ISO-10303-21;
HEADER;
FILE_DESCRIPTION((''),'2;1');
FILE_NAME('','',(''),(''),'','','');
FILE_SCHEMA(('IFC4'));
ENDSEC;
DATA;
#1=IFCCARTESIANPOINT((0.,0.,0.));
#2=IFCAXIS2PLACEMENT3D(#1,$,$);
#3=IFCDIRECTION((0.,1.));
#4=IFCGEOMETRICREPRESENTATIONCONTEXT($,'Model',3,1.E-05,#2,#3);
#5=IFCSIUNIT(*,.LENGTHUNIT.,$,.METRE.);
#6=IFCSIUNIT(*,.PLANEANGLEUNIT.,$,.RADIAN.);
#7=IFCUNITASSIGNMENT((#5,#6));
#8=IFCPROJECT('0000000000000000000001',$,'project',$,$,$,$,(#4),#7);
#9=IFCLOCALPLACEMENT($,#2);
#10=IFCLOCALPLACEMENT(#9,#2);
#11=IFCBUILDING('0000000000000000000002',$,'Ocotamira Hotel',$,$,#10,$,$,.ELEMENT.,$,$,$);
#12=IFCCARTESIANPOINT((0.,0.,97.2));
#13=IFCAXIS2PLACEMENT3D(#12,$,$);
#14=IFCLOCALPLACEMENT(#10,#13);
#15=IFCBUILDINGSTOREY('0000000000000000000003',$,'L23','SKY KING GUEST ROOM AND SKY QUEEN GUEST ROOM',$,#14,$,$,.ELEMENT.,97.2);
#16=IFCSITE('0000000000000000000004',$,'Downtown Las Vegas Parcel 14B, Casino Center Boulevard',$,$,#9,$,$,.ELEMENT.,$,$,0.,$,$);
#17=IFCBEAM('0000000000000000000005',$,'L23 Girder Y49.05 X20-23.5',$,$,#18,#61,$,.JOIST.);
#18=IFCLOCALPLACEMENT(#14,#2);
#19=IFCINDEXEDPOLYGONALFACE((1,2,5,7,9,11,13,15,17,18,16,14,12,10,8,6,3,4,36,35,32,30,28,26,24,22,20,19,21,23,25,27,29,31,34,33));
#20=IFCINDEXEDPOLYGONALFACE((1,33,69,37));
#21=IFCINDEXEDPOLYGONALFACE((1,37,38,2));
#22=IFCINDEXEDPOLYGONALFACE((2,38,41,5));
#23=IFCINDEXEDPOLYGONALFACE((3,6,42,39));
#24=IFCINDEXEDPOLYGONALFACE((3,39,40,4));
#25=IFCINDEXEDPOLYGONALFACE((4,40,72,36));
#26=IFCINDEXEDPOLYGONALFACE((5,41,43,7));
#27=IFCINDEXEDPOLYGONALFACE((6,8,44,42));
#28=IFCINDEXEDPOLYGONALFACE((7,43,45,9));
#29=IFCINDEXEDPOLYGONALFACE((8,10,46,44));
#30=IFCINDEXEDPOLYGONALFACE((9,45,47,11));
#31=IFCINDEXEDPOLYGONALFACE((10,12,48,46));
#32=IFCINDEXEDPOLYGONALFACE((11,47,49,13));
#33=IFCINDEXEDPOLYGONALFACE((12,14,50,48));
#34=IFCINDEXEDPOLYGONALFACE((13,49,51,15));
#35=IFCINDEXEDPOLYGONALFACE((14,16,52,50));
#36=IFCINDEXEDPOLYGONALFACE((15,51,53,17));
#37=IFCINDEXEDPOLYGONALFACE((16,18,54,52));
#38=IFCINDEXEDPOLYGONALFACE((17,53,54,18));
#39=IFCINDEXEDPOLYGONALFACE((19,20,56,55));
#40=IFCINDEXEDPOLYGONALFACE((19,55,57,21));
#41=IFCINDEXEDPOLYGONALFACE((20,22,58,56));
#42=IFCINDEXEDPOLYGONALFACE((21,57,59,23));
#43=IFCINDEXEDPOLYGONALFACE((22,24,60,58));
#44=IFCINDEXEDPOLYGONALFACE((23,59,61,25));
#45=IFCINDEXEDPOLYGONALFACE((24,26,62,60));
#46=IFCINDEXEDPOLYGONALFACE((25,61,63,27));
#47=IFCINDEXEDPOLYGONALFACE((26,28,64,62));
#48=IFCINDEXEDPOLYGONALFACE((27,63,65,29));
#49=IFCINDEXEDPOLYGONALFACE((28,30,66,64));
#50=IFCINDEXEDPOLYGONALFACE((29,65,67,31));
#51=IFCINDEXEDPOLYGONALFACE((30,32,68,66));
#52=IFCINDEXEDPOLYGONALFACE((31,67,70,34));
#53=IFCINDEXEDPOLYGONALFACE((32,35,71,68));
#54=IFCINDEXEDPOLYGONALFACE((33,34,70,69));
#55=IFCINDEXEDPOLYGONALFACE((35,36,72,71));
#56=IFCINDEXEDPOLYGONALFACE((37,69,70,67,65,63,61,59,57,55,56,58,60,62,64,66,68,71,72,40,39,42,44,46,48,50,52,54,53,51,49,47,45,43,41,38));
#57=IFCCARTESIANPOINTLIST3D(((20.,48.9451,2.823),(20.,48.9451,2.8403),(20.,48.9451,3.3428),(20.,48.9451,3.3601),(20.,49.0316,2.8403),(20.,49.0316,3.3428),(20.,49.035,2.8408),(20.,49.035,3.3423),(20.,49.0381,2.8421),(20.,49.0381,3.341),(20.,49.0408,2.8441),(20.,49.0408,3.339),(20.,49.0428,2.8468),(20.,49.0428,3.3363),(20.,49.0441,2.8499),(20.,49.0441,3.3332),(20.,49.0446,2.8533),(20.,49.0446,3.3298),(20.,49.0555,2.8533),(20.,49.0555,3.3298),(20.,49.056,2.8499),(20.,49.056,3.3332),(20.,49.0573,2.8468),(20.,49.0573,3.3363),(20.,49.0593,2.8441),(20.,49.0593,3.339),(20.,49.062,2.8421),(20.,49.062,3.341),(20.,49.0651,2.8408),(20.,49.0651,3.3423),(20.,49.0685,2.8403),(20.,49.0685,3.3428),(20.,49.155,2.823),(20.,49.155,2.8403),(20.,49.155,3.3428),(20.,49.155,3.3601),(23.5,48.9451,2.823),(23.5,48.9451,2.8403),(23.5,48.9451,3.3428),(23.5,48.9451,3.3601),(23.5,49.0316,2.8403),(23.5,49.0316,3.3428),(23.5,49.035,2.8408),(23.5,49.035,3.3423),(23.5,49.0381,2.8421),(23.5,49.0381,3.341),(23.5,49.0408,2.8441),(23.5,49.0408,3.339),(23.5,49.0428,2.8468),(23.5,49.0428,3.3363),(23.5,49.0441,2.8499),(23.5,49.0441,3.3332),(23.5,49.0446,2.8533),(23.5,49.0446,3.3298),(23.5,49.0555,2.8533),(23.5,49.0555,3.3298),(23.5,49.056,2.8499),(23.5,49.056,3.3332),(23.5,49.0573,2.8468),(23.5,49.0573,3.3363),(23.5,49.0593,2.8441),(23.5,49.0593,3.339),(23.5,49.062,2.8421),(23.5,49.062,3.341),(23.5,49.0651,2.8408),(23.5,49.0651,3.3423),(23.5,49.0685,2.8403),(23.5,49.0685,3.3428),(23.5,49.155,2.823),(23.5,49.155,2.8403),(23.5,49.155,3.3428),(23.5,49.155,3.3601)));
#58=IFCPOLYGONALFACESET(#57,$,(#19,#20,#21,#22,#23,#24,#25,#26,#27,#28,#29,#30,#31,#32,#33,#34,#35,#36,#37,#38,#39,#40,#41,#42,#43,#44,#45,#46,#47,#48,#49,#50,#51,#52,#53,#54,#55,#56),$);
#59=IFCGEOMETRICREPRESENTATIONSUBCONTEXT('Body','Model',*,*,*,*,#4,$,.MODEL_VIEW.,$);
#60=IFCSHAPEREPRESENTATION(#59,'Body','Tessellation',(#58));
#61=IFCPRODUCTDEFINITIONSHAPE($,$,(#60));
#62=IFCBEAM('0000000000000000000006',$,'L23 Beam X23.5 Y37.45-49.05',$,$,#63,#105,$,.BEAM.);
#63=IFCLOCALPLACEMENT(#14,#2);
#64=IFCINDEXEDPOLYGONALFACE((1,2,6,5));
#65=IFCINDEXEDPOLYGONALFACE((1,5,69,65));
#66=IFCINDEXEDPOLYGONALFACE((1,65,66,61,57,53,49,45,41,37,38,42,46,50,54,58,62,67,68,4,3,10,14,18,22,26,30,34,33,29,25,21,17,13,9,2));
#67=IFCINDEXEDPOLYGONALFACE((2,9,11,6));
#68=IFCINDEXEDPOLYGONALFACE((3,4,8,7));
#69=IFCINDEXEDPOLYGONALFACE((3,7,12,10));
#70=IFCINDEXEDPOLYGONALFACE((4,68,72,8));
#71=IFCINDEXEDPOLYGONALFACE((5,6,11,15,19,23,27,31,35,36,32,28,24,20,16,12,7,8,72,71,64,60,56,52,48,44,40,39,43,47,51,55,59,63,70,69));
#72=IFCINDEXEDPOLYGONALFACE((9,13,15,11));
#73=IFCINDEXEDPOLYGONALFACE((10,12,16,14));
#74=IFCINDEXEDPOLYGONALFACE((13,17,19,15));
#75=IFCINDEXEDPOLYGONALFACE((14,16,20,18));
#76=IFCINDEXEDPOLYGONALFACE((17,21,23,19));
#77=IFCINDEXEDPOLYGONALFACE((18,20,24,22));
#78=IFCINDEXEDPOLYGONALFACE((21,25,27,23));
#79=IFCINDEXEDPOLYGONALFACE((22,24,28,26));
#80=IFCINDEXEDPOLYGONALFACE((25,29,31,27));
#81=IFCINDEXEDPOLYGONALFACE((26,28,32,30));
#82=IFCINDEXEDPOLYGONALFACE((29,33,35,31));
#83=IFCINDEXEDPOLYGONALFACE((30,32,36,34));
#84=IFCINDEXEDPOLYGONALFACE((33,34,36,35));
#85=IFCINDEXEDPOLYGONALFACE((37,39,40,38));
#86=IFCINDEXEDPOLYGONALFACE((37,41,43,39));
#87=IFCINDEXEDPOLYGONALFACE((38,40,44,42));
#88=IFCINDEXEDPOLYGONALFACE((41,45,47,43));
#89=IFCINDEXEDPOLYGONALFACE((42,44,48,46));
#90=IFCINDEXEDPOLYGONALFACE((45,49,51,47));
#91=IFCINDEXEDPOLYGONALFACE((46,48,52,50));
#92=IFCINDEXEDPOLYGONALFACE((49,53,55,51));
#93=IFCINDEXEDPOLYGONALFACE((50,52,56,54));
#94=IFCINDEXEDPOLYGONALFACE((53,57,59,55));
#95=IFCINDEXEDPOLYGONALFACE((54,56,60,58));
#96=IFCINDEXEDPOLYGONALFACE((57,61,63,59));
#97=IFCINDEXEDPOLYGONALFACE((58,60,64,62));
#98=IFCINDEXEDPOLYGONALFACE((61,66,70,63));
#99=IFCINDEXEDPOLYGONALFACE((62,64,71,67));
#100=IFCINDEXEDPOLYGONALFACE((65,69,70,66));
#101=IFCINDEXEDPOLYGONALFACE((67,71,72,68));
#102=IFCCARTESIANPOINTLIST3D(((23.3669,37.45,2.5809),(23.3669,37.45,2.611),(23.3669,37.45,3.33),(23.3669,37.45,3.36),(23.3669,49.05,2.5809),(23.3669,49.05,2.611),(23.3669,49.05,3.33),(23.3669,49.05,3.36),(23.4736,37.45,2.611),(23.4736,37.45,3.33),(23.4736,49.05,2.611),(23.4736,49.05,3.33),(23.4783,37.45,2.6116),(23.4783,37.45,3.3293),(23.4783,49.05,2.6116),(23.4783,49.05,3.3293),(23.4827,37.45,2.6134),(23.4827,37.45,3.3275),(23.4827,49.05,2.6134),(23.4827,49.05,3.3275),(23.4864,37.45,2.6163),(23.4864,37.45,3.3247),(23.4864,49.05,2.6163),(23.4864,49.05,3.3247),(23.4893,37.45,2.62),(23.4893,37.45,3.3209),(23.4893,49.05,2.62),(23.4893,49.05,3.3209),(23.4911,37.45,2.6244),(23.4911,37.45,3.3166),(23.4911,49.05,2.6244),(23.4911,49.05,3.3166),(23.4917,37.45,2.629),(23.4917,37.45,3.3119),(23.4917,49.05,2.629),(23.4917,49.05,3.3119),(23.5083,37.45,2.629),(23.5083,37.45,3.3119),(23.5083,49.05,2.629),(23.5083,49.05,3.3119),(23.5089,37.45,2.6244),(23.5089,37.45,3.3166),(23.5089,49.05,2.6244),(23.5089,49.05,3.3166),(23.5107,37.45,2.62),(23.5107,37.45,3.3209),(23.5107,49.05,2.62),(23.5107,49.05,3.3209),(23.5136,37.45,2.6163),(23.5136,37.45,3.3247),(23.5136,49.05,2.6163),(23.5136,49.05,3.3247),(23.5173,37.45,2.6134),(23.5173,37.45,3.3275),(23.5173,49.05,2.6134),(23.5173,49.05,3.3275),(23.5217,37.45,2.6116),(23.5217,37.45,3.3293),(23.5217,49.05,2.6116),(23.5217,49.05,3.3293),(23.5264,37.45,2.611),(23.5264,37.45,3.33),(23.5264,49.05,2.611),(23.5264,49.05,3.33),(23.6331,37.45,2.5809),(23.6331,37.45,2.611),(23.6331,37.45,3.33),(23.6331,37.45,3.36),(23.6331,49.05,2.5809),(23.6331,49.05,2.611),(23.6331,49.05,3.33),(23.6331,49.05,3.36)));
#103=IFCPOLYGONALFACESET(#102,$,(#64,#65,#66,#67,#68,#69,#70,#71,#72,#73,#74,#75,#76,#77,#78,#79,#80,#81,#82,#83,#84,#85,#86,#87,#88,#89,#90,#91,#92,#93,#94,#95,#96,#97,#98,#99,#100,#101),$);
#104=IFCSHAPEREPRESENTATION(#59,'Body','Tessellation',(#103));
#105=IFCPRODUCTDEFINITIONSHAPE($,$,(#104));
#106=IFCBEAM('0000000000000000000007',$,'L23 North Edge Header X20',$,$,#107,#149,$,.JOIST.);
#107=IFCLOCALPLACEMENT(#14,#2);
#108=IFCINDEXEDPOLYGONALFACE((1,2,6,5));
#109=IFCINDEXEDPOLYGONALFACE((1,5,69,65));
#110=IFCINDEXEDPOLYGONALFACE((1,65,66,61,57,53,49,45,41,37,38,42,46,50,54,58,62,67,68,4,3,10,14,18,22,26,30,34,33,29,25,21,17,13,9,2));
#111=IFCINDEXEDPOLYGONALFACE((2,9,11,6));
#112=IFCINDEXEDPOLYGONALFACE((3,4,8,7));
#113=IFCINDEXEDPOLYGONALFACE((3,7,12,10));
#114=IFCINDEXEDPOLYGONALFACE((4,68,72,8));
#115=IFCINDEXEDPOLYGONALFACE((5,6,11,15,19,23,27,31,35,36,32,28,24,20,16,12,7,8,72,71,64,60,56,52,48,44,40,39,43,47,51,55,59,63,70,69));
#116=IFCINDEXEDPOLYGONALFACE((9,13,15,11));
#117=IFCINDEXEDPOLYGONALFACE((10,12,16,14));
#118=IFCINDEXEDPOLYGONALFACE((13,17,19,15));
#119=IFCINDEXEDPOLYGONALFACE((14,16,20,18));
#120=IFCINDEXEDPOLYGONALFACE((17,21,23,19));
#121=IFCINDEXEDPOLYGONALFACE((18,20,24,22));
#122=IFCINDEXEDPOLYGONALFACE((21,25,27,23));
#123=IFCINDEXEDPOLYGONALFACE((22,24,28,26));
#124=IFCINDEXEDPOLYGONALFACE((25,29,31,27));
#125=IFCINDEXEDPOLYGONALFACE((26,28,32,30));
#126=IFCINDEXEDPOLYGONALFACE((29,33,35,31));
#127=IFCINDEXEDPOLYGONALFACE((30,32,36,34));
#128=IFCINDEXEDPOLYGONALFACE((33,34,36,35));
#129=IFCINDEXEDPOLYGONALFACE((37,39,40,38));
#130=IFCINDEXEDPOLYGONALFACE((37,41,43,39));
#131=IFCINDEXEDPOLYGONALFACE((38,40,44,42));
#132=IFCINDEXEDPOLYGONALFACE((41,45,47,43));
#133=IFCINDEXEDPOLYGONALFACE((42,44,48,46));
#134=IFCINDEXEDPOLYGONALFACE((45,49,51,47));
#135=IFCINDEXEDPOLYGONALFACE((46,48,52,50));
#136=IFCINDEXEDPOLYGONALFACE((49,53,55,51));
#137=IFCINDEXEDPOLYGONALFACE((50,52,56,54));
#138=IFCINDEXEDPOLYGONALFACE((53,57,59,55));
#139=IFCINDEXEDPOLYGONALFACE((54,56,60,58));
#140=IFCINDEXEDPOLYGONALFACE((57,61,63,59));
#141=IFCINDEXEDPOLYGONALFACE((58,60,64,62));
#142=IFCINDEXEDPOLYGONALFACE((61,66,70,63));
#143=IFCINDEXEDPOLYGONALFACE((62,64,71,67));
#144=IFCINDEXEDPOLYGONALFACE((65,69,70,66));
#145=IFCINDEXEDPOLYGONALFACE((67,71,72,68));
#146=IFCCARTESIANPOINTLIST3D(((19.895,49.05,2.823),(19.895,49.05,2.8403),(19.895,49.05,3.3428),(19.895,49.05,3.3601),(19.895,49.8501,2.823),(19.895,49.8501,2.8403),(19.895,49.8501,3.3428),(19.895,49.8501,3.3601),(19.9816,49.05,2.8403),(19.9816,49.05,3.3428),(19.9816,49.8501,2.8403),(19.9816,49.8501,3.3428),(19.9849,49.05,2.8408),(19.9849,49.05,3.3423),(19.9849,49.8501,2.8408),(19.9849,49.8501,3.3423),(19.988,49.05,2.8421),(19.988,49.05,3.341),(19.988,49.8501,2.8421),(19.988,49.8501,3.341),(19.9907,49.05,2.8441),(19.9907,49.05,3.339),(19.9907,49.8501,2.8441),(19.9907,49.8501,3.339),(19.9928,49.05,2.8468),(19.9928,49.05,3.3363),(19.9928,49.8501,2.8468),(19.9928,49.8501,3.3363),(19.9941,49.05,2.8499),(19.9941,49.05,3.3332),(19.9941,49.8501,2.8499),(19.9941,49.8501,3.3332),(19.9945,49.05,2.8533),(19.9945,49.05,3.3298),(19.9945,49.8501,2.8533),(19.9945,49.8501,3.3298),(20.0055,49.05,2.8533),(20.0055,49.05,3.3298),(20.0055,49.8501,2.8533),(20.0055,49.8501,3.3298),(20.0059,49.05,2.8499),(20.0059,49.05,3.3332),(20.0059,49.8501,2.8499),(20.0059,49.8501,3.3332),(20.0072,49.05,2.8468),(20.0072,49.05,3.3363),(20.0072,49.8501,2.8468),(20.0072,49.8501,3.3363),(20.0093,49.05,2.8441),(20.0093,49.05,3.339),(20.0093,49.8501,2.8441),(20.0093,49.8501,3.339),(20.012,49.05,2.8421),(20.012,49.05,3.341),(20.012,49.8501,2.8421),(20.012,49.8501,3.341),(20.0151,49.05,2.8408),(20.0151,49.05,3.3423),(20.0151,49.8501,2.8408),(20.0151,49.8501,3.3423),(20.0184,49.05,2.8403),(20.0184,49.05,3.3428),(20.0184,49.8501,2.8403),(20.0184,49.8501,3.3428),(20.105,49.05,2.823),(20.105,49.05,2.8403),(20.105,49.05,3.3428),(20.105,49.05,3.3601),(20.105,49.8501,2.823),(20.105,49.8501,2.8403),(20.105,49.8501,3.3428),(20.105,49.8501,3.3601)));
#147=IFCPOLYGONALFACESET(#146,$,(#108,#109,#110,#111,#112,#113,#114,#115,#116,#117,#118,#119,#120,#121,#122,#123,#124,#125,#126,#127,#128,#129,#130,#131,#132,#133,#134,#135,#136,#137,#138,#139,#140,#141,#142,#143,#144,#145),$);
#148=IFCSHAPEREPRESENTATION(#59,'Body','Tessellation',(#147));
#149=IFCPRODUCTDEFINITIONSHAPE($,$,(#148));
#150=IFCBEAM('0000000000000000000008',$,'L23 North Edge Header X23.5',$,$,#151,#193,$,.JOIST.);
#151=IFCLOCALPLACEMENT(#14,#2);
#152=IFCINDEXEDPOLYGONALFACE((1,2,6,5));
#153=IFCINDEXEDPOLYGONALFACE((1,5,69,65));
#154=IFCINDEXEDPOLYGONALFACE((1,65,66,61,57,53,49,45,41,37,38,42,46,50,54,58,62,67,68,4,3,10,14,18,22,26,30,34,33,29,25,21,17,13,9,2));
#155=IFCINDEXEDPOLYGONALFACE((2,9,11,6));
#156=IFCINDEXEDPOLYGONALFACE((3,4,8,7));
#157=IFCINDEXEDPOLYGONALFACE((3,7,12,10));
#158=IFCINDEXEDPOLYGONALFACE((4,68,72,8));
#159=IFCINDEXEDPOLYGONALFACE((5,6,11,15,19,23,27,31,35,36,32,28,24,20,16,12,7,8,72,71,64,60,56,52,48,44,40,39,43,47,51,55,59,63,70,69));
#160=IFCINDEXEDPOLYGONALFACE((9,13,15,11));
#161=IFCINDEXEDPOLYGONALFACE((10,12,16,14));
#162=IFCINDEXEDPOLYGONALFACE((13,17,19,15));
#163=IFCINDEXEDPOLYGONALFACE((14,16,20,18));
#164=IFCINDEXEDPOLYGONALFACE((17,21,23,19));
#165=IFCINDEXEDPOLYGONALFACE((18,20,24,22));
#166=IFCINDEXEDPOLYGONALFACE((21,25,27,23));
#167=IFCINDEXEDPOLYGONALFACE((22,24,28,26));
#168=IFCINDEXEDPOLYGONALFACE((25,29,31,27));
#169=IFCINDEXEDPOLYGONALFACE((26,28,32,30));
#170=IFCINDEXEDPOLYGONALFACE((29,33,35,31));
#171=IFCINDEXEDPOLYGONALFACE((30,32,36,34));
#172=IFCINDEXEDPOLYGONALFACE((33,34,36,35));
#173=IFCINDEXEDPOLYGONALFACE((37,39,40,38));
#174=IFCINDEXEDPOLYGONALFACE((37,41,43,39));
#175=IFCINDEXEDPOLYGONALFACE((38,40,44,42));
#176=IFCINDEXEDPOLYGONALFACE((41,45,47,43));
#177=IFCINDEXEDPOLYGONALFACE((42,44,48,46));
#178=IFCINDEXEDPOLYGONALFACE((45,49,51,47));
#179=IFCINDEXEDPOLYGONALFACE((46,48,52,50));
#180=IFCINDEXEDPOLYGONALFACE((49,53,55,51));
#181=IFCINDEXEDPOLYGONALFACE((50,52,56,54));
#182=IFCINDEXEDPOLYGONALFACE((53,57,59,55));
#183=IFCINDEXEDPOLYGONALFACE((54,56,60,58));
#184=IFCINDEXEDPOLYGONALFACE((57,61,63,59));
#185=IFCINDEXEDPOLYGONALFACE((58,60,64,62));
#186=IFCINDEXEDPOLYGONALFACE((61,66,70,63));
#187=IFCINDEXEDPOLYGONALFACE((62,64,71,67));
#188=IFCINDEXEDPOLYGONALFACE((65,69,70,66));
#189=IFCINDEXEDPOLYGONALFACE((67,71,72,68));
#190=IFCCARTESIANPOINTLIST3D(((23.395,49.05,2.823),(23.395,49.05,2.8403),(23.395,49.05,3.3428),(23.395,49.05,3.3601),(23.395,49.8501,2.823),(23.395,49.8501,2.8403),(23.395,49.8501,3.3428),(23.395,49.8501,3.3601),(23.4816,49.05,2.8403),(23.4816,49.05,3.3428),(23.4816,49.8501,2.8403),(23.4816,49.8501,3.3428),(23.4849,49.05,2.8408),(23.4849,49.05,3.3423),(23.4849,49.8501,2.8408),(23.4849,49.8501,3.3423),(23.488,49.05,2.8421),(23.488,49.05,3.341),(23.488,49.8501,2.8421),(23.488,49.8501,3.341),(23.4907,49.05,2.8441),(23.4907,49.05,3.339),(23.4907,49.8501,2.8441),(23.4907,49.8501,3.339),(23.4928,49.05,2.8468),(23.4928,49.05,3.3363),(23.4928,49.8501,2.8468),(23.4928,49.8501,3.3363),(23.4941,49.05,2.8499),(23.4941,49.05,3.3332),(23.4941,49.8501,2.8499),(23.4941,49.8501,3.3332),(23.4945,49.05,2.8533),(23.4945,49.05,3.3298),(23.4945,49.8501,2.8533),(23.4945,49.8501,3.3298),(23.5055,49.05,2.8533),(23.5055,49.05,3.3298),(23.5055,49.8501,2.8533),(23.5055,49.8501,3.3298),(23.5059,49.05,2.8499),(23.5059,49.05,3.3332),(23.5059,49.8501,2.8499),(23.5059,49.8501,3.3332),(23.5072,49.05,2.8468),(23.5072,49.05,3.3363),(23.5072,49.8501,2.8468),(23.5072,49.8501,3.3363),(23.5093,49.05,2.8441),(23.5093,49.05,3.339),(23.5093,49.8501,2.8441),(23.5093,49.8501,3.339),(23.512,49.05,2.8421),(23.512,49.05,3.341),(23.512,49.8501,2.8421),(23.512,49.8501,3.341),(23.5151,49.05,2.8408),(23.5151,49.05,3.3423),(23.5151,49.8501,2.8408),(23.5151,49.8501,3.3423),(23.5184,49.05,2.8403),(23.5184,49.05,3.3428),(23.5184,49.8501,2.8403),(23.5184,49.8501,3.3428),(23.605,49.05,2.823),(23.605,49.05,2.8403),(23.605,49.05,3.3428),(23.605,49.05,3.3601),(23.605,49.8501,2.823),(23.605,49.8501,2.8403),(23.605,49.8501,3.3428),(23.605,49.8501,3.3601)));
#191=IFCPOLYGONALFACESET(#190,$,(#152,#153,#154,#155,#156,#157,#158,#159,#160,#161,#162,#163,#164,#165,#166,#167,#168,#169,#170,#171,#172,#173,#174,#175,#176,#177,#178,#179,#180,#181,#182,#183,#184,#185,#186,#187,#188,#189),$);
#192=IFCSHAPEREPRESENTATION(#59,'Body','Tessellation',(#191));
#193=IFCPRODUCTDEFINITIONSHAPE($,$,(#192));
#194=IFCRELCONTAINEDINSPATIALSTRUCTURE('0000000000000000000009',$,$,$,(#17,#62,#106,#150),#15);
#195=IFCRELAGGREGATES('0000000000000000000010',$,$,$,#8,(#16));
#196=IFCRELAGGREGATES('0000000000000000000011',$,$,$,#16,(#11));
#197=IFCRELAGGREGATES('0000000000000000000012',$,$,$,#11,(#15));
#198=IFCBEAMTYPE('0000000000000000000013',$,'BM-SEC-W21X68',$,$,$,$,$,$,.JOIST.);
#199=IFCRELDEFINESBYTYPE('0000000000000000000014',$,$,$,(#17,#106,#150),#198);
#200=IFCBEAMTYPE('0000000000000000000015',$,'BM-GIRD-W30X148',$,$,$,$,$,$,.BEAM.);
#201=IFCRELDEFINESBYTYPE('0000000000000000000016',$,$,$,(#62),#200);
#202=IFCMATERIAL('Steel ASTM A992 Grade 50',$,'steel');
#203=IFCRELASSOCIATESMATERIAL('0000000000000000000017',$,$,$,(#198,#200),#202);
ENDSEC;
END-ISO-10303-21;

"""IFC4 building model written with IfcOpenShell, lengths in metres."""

from ifc_helpers import new_model, si_unit, direction, frame, origin, origin_2d, place, context, subcontext, project, spatial, i_section, extrude, source, transform, mapped, material, material_profile, profile_set, type_object, element, save


model = new_model("IFC4")

# Units and contexts
model_context = context("Model", 3, precision=1e-05, world=origin(), true_north=direction((0.0, 1.0)))
body_context = subcontext(model_context, "Body", "Model", "MODEL_VIEW")
ifc_project = project(units=[si_unit("LENGTHUNIT", "METRE"), si_unit("PLANEANGLEUNIT", "RADIAN")], contexts=[model_context])

# Site, building, storey
site_placement = place(None, origin())
site = spatial("IfcSite", under=ifc_project, at=site_placement, Name="Downtown Las Vegas Parcel 14B, Casino Center Boulevard", CompositionType="ELEMENT", RefElevation=0.0)
building_placement = place(site_placement, origin())
building = spatial("IfcBuilding", under=site, at=building_placement, Name="Ocotamira Hotel", CompositionType="ELEMENT")
storey_placement = place(building_placement, frame((0.0, 0.0, 97.2)))
storey = spatial("IfcBuildingStorey", under=building, at=storey_placement, Name="L23", Description="SKY KING GUEST ROOM AND SKY QUEEN GUEST ROOM", CompositionType="ELEMENT", Elevation=97.2)

# Beams
ifc_material_1 = material(Name="Steel ASTM A992 Grade 50", Category="steel")
ifc_material_profile_1 = material_profile(ifc_material_1, i_section(OverallWidth=0.21, OverallDepth=0.5371, WebThickness=0.011, FlangeThickness=0.0173, FilletRadius=0.0129, at=origin_2d()), Name="W21X68")
ifc_profile_set_1 = profile_set([ifc_material_profile_1], Name="Steel ASTM A992 Grade 50")
beam_type_1 = type_object("IfcBeamType", Name="BM-SEC-W21X68", PredefinedType="JOIST", material=ifc_profile_set_1)
shared_shape_1 = source(origin(), body_context, "Body", "SweptSolid", [
    extrude(i_section(OverallWidth=0.21, OverallDepth=0.5371, WebThickness=0.011, FlangeThickness=0.0173, FilletRadius=0.0129, at=origin_2d()), origin(), (0.0, 0.0, 1.0), 3.5),
])
beam_1_placement = place(storey_placement, frame((20.0, 49.05, 3.0916), z_axis=(1.0, 0.0, 0.0), x_axis=(0.0, 1.0, 0.0)))
element("IfcBeam", 1, at=beam_1_placement, inside=storey, type_object=beam_type_1, Name="L23 Girder Y49.05 X20-23.5", PredefinedType="JOIST", context=body_context, shape_type="MappedRepresentation", body=[
    mapped(shared_shape_1, transform((0.0, 0.0, 0.0), scale=1.0)),
])
ifc_material_profile_2 = material_profile(ifc_material_1, i_section(OverallWidth=0.2661, OverallDepth=0.7791, WebThickness=0.0166, FlangeThickness=0.03, FilletRadius=0.0181, at=origin_2d()), Name="W30X148")
ifc_profile_set_2 = profile_set([ifc_material_profile_2], Name="Steel ASTM A992 Grade 50")
beam_type_2 = type_object("IfcBeamType", Name="BM-GIRD-W30X148", PredefinedType="BEAM", material=ifc_profile_set_2)
shared_shape_2 = source(origin(), body_context, "Body", "SweptSolid", [
    extrude(i_section(OverallWidth=0.2661, OverallDepth=0.7791, WebThickness=0.0166, FlangeThickness=0.03, FilletRadius=0.0181, at=origin_2d()), origin(), (0.0, 0.0, 1.0), 11.6001),
])
beam_2_placement = place(storey_placement, frame((23.5, 37.45, 2.9705), z_axis=(0.0, 1.0, 0.0), x_axis=(-1.0, 0.0, 0.0)))
element("IfcBeam", 2, at=beam_2_placement, inside=storey, type_object=beam_type_2, Name="L23 Beam X23.5 Y37.45-49.05", PredefinedType="BEAM", context=body_context, shape_type="MappedRepresentation", body=[
    mapped(shared_shape_2, transform((0.0, 0.0, 0.0), scale=1.0)),
])
shared_shape_3 = source(origin(), body_context, "Body", "SweptSolid", [
    extrude(i_section(OverallWidth=0.21, OverallDepth=0.5371, WebThickness=0.011, FlangeThickness=0.0173, FilletRadius=0.0129, at=origin_2d()), origin(), (0.0, 0.0, 1.0), 0.8),
])
for number, where, z_axis, x_axis, name in (
    (3, (20.0, 49.05, 3.0916), (0.0, 1.0, 0.0), (-1.0, 0.0, 0.0), "L23 North Edge Header X20"),
    (4, (23.5, 49.05, 3.0916), (0.0, 1.0, 0.0), (-1.0, 0.0, 0.0), "L23 North Edge Header X23.5"),
):
    element("IfcBeam", number, at=place(storey_placement, frame(where, z_axis=z_axis, x_axis=x_axis)), inside=storey, type_object=beam_type_1, Name=name, PredefinedType="JOIST", context=body_context, shape_type="MappedRepresentation", body=[
        mapped(shared_shape_3, transform((0.0, 0.0, 0.0), scale=1.0)),
    ])

save(model, "model.ifc")
